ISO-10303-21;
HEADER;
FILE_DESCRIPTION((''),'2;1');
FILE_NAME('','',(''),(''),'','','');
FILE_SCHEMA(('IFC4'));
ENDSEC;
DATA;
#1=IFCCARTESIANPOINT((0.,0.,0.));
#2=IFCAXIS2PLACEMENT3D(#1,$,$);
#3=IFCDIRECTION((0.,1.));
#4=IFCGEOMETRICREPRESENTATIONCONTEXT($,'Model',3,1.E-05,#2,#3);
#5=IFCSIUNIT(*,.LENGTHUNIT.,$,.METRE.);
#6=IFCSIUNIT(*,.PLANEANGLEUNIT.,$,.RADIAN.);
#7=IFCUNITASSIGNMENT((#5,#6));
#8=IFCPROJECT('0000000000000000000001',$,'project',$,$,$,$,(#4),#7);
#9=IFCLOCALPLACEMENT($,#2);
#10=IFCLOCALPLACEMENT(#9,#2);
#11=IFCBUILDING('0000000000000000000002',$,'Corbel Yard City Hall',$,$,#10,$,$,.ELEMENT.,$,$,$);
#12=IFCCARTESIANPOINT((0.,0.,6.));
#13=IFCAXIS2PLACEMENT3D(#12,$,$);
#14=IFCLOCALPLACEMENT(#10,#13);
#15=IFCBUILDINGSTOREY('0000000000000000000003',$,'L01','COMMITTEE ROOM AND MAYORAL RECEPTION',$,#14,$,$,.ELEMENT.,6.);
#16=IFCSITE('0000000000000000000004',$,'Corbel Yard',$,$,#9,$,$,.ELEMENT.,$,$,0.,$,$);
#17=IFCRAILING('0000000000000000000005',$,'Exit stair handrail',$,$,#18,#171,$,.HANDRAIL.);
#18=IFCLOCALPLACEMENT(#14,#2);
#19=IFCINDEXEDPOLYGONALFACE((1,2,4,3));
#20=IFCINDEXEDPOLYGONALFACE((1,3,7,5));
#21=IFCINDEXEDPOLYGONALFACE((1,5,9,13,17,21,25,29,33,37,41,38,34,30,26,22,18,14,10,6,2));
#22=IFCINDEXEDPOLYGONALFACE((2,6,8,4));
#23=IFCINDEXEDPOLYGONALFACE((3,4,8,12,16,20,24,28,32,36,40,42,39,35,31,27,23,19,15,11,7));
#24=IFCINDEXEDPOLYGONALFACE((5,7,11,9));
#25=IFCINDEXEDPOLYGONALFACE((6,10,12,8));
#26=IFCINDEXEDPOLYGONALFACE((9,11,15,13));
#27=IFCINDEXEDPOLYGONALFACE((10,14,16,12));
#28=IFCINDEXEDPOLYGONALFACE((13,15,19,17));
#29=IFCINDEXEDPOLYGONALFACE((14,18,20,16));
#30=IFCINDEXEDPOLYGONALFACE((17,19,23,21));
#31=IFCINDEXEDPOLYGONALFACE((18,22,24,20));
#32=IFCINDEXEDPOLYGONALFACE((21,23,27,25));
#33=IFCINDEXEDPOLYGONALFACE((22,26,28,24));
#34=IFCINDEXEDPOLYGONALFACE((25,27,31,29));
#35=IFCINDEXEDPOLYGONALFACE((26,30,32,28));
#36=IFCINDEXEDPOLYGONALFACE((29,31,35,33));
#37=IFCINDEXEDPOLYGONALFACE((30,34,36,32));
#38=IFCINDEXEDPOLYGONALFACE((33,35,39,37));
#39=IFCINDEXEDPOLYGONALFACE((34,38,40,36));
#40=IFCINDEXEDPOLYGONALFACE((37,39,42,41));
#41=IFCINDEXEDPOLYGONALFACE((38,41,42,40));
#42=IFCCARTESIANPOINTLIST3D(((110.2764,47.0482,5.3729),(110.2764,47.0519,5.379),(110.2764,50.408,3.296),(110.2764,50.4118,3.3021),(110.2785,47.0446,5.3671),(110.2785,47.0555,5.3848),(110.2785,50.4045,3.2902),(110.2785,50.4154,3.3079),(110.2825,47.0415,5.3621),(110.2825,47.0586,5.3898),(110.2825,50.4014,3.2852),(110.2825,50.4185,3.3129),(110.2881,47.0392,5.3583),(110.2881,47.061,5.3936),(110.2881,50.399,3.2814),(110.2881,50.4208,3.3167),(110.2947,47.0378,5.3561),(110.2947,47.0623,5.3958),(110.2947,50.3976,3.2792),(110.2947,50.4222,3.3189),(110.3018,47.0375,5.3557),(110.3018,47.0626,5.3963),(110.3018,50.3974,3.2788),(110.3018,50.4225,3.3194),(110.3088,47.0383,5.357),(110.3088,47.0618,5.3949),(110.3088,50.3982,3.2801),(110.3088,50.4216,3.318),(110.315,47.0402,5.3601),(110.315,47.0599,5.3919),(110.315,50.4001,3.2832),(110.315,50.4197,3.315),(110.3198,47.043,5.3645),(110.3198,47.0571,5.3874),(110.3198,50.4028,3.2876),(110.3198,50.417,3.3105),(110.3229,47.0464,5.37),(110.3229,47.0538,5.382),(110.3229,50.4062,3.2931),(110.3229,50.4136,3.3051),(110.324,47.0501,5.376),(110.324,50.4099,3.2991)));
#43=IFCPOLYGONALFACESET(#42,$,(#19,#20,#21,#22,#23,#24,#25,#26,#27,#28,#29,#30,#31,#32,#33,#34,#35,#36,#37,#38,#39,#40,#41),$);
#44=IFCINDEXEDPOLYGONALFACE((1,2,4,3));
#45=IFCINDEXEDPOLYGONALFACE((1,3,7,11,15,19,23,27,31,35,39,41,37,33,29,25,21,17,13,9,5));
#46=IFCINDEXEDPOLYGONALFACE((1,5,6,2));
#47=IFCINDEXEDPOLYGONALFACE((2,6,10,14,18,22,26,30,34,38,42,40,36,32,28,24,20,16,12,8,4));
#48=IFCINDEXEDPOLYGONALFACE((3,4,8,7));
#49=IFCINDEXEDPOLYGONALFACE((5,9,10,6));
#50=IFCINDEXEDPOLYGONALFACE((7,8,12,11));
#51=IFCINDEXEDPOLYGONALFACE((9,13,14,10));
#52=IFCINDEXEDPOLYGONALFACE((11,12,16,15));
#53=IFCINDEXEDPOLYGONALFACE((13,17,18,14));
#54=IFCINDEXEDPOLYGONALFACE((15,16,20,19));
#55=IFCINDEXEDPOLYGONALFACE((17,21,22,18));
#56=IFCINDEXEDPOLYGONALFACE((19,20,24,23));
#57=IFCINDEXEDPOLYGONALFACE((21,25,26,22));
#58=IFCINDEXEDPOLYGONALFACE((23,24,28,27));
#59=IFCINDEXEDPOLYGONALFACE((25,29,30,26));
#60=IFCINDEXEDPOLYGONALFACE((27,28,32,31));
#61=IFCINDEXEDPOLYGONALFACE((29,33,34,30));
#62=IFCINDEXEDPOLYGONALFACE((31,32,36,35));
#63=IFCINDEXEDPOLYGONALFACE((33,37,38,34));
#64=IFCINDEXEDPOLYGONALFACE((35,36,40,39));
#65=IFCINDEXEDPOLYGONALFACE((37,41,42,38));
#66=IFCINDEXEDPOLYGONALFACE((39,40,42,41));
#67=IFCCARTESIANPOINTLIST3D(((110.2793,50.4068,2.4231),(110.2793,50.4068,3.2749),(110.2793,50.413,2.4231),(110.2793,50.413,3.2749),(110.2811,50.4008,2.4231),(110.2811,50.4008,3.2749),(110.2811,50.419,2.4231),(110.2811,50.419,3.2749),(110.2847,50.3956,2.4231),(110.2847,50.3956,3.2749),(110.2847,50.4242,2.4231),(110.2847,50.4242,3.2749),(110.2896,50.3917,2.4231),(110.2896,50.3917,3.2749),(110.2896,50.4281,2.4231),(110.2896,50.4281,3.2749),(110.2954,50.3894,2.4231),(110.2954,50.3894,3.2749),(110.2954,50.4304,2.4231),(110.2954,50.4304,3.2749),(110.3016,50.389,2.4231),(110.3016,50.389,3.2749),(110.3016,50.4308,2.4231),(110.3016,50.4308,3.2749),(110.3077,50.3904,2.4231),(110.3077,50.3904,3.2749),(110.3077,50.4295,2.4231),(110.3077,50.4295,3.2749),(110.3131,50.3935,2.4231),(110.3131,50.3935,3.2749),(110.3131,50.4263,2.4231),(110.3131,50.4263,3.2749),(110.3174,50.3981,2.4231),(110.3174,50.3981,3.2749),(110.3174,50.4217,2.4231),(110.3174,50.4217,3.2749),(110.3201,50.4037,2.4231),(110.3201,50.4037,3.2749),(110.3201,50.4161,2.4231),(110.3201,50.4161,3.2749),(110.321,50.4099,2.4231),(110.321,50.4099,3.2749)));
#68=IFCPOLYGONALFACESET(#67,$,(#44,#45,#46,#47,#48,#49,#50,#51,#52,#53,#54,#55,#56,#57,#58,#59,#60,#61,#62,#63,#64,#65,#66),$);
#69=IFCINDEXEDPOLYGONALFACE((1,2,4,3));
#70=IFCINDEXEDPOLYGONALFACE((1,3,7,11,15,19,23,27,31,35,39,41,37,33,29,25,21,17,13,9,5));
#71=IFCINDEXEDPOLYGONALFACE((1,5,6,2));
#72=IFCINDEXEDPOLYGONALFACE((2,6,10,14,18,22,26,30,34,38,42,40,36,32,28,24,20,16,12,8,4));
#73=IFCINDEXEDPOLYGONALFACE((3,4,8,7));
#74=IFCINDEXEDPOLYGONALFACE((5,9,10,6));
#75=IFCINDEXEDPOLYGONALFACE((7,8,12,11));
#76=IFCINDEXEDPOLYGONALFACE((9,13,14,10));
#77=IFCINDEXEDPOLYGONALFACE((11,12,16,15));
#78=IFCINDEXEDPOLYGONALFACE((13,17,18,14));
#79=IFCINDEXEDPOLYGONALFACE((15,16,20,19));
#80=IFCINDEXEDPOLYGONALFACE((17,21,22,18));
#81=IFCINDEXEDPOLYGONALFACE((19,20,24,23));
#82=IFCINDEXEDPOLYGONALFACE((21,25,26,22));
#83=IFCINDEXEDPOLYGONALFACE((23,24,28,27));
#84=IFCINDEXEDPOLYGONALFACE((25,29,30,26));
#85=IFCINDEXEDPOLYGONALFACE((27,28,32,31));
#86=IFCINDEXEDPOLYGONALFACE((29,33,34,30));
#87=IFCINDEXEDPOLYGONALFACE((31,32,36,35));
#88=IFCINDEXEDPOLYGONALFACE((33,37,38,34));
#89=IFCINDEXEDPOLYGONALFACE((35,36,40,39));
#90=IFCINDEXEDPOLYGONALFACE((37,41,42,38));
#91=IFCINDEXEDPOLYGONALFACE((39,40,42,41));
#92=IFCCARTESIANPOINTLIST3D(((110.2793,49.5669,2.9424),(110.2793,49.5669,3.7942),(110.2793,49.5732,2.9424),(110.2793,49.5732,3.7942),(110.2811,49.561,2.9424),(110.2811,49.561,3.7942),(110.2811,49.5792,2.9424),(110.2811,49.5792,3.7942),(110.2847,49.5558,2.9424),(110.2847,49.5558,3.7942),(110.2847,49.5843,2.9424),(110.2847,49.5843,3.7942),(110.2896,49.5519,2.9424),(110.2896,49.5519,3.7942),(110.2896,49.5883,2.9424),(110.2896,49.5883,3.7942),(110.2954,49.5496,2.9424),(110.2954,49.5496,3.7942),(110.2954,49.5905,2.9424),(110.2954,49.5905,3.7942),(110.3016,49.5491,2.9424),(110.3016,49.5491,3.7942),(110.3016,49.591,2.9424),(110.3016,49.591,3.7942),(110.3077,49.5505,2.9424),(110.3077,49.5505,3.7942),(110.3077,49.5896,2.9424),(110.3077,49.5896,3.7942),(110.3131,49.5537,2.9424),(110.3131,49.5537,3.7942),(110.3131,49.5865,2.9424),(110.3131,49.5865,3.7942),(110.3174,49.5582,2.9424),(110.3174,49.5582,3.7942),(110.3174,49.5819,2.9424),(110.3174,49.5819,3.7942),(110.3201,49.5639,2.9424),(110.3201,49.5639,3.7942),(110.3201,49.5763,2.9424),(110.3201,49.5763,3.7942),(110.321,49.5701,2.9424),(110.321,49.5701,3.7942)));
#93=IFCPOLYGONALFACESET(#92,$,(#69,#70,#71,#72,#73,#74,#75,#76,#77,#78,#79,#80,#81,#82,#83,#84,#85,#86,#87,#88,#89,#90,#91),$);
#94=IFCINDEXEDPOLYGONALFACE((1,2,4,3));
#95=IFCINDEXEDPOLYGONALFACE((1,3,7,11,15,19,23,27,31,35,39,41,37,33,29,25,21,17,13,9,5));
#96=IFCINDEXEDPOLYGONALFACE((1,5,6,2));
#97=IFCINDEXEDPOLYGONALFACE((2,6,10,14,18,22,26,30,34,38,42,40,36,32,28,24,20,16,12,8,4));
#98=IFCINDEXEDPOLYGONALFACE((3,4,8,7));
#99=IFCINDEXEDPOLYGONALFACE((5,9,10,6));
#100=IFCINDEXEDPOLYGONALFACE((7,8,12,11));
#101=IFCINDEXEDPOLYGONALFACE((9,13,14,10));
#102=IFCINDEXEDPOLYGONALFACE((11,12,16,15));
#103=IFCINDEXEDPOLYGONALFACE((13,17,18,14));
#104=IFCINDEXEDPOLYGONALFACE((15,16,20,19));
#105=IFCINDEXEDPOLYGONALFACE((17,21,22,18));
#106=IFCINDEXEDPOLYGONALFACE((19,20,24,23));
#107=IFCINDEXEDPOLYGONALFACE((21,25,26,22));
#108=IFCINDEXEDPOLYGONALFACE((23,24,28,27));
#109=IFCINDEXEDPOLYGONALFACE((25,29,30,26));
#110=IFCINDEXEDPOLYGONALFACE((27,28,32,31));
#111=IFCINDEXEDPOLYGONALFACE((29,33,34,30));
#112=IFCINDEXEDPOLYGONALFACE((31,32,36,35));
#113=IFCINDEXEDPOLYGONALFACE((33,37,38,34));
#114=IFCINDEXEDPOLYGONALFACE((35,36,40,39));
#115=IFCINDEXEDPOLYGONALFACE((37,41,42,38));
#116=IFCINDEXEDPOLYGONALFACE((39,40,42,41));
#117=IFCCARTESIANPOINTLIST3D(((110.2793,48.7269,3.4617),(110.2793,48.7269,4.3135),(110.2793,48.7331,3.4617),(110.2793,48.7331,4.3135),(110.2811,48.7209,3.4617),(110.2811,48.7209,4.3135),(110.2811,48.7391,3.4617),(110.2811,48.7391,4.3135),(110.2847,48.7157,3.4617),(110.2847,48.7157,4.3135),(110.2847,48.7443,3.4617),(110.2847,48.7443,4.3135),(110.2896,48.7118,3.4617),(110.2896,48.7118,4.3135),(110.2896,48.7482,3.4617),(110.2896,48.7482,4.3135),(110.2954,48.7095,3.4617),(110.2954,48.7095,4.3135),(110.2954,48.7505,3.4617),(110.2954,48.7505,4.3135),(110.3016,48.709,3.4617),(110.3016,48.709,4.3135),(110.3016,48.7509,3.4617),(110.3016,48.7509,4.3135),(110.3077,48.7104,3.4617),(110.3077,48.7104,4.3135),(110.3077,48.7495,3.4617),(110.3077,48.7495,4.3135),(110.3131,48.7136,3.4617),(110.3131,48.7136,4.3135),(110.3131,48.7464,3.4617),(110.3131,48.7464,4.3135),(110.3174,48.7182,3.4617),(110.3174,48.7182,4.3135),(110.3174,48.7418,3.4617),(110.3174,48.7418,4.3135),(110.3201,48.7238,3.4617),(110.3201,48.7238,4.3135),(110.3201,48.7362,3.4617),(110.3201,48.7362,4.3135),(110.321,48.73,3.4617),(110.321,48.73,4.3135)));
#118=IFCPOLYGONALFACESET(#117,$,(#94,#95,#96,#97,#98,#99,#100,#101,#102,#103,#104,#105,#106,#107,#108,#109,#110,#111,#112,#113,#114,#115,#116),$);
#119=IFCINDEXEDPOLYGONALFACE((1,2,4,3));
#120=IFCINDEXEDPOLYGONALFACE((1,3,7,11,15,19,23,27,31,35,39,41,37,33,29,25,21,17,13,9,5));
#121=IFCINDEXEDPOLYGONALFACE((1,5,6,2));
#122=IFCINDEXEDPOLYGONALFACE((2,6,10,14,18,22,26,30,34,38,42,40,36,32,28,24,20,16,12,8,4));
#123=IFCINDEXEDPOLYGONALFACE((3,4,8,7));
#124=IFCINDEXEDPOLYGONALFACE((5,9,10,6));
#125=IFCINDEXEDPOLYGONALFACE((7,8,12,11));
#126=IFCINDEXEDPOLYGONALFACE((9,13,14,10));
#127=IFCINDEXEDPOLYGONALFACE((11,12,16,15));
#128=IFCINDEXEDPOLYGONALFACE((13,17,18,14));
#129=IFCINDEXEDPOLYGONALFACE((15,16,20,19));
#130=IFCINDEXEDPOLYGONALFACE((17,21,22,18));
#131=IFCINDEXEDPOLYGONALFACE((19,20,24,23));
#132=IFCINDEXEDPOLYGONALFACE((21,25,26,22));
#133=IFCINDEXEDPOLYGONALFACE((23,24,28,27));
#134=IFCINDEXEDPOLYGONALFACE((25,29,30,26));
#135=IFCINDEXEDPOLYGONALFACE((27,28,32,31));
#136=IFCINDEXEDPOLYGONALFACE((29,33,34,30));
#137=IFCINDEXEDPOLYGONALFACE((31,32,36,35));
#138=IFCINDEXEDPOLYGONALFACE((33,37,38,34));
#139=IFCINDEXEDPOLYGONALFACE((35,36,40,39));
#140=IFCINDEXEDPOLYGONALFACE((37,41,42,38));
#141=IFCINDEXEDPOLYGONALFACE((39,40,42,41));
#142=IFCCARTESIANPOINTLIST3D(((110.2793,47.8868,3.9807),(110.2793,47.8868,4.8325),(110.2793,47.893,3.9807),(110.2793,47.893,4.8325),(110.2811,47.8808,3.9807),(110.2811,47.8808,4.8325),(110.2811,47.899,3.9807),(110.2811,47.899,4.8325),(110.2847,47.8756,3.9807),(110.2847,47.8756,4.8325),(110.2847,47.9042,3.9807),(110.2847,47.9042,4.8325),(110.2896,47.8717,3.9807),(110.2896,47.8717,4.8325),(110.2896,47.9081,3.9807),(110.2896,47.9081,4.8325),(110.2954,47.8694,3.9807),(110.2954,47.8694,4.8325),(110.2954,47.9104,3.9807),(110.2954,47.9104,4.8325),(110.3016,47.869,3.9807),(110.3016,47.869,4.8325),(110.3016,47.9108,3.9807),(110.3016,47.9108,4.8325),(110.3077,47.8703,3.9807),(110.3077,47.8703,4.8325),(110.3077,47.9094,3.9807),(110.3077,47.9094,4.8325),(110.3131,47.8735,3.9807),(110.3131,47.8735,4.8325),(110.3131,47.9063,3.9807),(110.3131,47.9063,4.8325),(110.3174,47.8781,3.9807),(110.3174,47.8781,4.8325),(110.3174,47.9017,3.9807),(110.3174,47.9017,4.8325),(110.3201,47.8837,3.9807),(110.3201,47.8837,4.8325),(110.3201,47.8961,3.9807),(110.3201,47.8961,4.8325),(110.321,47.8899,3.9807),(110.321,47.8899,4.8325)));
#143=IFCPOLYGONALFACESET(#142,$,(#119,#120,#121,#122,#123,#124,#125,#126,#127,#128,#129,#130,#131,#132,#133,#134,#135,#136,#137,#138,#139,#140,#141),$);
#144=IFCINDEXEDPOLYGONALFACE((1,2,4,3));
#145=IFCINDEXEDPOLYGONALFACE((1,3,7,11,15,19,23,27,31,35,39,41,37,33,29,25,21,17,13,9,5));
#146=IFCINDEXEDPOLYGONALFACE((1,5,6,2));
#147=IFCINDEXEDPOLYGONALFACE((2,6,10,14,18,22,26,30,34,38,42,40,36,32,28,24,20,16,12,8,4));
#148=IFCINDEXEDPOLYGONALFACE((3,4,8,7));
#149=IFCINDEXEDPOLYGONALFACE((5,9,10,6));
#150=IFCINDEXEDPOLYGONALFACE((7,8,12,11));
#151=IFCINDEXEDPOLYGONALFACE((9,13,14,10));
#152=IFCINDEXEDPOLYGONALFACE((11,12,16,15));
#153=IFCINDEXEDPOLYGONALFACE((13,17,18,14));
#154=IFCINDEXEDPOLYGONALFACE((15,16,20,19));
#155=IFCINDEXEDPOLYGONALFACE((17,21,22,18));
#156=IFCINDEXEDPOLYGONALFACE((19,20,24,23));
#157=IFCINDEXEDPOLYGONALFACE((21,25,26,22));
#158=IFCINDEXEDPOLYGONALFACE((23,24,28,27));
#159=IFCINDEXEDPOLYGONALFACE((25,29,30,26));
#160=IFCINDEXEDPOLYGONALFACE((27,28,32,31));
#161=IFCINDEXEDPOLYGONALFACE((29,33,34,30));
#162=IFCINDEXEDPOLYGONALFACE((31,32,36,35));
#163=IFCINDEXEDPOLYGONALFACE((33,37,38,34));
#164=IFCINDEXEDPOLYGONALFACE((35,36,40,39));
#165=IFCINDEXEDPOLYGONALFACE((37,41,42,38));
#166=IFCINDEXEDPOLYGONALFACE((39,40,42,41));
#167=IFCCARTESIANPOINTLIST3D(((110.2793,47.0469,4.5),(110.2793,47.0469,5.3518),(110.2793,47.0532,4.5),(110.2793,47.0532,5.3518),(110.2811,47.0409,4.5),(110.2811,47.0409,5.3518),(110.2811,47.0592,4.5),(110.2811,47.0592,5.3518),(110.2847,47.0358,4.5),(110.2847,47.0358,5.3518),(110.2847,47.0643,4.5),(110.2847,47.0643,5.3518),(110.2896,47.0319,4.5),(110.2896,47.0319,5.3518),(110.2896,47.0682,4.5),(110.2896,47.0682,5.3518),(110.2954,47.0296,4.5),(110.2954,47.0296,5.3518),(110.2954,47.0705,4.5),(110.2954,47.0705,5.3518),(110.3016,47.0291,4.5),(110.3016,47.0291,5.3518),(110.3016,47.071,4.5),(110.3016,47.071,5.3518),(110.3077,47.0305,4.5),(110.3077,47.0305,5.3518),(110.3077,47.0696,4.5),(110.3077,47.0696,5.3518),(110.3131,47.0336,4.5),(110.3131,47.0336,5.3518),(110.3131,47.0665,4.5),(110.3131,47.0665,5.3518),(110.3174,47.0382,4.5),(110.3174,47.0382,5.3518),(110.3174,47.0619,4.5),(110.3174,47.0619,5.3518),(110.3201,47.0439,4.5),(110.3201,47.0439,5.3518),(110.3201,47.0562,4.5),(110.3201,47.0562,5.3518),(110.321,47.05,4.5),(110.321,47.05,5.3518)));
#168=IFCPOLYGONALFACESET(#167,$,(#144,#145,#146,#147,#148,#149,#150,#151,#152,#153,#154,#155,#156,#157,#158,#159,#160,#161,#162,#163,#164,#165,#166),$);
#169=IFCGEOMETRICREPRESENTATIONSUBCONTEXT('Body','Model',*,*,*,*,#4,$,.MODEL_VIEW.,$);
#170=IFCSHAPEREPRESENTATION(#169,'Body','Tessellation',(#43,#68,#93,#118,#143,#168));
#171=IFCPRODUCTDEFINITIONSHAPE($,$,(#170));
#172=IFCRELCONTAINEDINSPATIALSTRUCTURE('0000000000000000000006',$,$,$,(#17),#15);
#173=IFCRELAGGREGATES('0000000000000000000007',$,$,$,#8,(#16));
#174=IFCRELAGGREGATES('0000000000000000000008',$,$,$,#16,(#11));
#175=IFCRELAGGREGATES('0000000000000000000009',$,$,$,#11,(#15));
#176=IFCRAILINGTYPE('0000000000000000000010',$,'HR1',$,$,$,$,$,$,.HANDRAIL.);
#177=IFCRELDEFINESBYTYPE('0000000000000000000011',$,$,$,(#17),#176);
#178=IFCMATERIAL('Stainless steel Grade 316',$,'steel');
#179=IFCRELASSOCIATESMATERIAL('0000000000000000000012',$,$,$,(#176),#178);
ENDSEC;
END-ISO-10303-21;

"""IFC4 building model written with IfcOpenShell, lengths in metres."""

from ifc_helpers import new_model, si_unit, direction, frame, origin, origin_2d, place, context, subcontext, project, spatial, circle, extrude, material, type_object, element, save


model = new_model("IFC4")

# Units and contexts
model_context = context("Model", 3, precision=1e-05, world=origin(), true_north=direction((0.0, 1.0)))
body_context = subcontext(model_context, "Body", "Model", "MODEL_VIEW")
ifc_project = project(units=[si_unit("LENGTHUNIT", "METRE"), si_unit("PLANEANGLEUNIT", "RADIAN")], contexts=[model_context])

# Site, building, storey
site_placement = place(None, origin())
site = spatial("IfcSite", under=ifc_project, at=site_placement, Name="Corbel Yard", CompositionType="ELEMENT", RefElevation=0.0)
building_placement = place(site_placement, origin())
building = spatial("IfcBuilding", under=site, at=building_placement, Name="Corbel Yard City Hall", CompositionType="ELEMENT")
storey_placement = place(building_placement, frame((0.0, 0.0, 6.0)))
storey = spatial("IfcBuildingStorey", under=building, at=storey_placement, Name="L01", Description="COMMITTEE ROOM AND MAYORAL RECEPTION", CompositionType="ELEMENT", Elevation=6.0)

# Shared definitions
ifc_material_1 = material(Name="Stainless steel Grade 316", Category="steel")

# Railing
railing_type_1 = type_object("IfcRailingType", Name="HR1", PredefinedType="HANDRAIL", material=ifc_material_1)
for number, where, name in (
    (1, (110.3, 50.4099, 2.4231), "Exit stair handrail"),
):
    element("IfcRailing", number, at=place(storey_placement, frame(where)), inside=storey, type_object=railing_type_1, Name=name, PredefinedType="HANDRAIL", context=body_context, shape_type="SweptSolid", body=[
        extrude(circle(Radius=0.0239, at=origin_2d()), frame((0.0, 0.0, 0.876), z_axis=(0.0, -0.850606, 0.525803), x_axis=(1.0, 0.0, 0.0)), (0.0, 0.0, 1.0), 3.95),
        extrude(circle(Radius=0.021, at=origin_2d()), origin(), (0.0, 0.0, 1.0), 0.8518),
        extrude(circle(Radius=0.021, at=origin_2d()), frame((0.0, -0.8398, 0.5193)), (0.0, 0.0, 1.0), 0.8518),
        extrude(circle(Radius=0.021, at=origin_2d()), frame((0.0, -1.6799, 1.0386)), (0.0, 0.0, 1.0), 0.8518),
        extrude(circle(Radius=0.021, at=origin_2d()), frame((0.0, -2.52, 1.5576)), (0.0, 0.0, 1.0), 0.8518),
        extrude(circle(Radius=0.021, at=origin_2d()), frame((0.0, -3.3599, 2.0769)), (0.0, 0.0, 1.0), 0.8518),
    ])

save(model, "model.ifc")
